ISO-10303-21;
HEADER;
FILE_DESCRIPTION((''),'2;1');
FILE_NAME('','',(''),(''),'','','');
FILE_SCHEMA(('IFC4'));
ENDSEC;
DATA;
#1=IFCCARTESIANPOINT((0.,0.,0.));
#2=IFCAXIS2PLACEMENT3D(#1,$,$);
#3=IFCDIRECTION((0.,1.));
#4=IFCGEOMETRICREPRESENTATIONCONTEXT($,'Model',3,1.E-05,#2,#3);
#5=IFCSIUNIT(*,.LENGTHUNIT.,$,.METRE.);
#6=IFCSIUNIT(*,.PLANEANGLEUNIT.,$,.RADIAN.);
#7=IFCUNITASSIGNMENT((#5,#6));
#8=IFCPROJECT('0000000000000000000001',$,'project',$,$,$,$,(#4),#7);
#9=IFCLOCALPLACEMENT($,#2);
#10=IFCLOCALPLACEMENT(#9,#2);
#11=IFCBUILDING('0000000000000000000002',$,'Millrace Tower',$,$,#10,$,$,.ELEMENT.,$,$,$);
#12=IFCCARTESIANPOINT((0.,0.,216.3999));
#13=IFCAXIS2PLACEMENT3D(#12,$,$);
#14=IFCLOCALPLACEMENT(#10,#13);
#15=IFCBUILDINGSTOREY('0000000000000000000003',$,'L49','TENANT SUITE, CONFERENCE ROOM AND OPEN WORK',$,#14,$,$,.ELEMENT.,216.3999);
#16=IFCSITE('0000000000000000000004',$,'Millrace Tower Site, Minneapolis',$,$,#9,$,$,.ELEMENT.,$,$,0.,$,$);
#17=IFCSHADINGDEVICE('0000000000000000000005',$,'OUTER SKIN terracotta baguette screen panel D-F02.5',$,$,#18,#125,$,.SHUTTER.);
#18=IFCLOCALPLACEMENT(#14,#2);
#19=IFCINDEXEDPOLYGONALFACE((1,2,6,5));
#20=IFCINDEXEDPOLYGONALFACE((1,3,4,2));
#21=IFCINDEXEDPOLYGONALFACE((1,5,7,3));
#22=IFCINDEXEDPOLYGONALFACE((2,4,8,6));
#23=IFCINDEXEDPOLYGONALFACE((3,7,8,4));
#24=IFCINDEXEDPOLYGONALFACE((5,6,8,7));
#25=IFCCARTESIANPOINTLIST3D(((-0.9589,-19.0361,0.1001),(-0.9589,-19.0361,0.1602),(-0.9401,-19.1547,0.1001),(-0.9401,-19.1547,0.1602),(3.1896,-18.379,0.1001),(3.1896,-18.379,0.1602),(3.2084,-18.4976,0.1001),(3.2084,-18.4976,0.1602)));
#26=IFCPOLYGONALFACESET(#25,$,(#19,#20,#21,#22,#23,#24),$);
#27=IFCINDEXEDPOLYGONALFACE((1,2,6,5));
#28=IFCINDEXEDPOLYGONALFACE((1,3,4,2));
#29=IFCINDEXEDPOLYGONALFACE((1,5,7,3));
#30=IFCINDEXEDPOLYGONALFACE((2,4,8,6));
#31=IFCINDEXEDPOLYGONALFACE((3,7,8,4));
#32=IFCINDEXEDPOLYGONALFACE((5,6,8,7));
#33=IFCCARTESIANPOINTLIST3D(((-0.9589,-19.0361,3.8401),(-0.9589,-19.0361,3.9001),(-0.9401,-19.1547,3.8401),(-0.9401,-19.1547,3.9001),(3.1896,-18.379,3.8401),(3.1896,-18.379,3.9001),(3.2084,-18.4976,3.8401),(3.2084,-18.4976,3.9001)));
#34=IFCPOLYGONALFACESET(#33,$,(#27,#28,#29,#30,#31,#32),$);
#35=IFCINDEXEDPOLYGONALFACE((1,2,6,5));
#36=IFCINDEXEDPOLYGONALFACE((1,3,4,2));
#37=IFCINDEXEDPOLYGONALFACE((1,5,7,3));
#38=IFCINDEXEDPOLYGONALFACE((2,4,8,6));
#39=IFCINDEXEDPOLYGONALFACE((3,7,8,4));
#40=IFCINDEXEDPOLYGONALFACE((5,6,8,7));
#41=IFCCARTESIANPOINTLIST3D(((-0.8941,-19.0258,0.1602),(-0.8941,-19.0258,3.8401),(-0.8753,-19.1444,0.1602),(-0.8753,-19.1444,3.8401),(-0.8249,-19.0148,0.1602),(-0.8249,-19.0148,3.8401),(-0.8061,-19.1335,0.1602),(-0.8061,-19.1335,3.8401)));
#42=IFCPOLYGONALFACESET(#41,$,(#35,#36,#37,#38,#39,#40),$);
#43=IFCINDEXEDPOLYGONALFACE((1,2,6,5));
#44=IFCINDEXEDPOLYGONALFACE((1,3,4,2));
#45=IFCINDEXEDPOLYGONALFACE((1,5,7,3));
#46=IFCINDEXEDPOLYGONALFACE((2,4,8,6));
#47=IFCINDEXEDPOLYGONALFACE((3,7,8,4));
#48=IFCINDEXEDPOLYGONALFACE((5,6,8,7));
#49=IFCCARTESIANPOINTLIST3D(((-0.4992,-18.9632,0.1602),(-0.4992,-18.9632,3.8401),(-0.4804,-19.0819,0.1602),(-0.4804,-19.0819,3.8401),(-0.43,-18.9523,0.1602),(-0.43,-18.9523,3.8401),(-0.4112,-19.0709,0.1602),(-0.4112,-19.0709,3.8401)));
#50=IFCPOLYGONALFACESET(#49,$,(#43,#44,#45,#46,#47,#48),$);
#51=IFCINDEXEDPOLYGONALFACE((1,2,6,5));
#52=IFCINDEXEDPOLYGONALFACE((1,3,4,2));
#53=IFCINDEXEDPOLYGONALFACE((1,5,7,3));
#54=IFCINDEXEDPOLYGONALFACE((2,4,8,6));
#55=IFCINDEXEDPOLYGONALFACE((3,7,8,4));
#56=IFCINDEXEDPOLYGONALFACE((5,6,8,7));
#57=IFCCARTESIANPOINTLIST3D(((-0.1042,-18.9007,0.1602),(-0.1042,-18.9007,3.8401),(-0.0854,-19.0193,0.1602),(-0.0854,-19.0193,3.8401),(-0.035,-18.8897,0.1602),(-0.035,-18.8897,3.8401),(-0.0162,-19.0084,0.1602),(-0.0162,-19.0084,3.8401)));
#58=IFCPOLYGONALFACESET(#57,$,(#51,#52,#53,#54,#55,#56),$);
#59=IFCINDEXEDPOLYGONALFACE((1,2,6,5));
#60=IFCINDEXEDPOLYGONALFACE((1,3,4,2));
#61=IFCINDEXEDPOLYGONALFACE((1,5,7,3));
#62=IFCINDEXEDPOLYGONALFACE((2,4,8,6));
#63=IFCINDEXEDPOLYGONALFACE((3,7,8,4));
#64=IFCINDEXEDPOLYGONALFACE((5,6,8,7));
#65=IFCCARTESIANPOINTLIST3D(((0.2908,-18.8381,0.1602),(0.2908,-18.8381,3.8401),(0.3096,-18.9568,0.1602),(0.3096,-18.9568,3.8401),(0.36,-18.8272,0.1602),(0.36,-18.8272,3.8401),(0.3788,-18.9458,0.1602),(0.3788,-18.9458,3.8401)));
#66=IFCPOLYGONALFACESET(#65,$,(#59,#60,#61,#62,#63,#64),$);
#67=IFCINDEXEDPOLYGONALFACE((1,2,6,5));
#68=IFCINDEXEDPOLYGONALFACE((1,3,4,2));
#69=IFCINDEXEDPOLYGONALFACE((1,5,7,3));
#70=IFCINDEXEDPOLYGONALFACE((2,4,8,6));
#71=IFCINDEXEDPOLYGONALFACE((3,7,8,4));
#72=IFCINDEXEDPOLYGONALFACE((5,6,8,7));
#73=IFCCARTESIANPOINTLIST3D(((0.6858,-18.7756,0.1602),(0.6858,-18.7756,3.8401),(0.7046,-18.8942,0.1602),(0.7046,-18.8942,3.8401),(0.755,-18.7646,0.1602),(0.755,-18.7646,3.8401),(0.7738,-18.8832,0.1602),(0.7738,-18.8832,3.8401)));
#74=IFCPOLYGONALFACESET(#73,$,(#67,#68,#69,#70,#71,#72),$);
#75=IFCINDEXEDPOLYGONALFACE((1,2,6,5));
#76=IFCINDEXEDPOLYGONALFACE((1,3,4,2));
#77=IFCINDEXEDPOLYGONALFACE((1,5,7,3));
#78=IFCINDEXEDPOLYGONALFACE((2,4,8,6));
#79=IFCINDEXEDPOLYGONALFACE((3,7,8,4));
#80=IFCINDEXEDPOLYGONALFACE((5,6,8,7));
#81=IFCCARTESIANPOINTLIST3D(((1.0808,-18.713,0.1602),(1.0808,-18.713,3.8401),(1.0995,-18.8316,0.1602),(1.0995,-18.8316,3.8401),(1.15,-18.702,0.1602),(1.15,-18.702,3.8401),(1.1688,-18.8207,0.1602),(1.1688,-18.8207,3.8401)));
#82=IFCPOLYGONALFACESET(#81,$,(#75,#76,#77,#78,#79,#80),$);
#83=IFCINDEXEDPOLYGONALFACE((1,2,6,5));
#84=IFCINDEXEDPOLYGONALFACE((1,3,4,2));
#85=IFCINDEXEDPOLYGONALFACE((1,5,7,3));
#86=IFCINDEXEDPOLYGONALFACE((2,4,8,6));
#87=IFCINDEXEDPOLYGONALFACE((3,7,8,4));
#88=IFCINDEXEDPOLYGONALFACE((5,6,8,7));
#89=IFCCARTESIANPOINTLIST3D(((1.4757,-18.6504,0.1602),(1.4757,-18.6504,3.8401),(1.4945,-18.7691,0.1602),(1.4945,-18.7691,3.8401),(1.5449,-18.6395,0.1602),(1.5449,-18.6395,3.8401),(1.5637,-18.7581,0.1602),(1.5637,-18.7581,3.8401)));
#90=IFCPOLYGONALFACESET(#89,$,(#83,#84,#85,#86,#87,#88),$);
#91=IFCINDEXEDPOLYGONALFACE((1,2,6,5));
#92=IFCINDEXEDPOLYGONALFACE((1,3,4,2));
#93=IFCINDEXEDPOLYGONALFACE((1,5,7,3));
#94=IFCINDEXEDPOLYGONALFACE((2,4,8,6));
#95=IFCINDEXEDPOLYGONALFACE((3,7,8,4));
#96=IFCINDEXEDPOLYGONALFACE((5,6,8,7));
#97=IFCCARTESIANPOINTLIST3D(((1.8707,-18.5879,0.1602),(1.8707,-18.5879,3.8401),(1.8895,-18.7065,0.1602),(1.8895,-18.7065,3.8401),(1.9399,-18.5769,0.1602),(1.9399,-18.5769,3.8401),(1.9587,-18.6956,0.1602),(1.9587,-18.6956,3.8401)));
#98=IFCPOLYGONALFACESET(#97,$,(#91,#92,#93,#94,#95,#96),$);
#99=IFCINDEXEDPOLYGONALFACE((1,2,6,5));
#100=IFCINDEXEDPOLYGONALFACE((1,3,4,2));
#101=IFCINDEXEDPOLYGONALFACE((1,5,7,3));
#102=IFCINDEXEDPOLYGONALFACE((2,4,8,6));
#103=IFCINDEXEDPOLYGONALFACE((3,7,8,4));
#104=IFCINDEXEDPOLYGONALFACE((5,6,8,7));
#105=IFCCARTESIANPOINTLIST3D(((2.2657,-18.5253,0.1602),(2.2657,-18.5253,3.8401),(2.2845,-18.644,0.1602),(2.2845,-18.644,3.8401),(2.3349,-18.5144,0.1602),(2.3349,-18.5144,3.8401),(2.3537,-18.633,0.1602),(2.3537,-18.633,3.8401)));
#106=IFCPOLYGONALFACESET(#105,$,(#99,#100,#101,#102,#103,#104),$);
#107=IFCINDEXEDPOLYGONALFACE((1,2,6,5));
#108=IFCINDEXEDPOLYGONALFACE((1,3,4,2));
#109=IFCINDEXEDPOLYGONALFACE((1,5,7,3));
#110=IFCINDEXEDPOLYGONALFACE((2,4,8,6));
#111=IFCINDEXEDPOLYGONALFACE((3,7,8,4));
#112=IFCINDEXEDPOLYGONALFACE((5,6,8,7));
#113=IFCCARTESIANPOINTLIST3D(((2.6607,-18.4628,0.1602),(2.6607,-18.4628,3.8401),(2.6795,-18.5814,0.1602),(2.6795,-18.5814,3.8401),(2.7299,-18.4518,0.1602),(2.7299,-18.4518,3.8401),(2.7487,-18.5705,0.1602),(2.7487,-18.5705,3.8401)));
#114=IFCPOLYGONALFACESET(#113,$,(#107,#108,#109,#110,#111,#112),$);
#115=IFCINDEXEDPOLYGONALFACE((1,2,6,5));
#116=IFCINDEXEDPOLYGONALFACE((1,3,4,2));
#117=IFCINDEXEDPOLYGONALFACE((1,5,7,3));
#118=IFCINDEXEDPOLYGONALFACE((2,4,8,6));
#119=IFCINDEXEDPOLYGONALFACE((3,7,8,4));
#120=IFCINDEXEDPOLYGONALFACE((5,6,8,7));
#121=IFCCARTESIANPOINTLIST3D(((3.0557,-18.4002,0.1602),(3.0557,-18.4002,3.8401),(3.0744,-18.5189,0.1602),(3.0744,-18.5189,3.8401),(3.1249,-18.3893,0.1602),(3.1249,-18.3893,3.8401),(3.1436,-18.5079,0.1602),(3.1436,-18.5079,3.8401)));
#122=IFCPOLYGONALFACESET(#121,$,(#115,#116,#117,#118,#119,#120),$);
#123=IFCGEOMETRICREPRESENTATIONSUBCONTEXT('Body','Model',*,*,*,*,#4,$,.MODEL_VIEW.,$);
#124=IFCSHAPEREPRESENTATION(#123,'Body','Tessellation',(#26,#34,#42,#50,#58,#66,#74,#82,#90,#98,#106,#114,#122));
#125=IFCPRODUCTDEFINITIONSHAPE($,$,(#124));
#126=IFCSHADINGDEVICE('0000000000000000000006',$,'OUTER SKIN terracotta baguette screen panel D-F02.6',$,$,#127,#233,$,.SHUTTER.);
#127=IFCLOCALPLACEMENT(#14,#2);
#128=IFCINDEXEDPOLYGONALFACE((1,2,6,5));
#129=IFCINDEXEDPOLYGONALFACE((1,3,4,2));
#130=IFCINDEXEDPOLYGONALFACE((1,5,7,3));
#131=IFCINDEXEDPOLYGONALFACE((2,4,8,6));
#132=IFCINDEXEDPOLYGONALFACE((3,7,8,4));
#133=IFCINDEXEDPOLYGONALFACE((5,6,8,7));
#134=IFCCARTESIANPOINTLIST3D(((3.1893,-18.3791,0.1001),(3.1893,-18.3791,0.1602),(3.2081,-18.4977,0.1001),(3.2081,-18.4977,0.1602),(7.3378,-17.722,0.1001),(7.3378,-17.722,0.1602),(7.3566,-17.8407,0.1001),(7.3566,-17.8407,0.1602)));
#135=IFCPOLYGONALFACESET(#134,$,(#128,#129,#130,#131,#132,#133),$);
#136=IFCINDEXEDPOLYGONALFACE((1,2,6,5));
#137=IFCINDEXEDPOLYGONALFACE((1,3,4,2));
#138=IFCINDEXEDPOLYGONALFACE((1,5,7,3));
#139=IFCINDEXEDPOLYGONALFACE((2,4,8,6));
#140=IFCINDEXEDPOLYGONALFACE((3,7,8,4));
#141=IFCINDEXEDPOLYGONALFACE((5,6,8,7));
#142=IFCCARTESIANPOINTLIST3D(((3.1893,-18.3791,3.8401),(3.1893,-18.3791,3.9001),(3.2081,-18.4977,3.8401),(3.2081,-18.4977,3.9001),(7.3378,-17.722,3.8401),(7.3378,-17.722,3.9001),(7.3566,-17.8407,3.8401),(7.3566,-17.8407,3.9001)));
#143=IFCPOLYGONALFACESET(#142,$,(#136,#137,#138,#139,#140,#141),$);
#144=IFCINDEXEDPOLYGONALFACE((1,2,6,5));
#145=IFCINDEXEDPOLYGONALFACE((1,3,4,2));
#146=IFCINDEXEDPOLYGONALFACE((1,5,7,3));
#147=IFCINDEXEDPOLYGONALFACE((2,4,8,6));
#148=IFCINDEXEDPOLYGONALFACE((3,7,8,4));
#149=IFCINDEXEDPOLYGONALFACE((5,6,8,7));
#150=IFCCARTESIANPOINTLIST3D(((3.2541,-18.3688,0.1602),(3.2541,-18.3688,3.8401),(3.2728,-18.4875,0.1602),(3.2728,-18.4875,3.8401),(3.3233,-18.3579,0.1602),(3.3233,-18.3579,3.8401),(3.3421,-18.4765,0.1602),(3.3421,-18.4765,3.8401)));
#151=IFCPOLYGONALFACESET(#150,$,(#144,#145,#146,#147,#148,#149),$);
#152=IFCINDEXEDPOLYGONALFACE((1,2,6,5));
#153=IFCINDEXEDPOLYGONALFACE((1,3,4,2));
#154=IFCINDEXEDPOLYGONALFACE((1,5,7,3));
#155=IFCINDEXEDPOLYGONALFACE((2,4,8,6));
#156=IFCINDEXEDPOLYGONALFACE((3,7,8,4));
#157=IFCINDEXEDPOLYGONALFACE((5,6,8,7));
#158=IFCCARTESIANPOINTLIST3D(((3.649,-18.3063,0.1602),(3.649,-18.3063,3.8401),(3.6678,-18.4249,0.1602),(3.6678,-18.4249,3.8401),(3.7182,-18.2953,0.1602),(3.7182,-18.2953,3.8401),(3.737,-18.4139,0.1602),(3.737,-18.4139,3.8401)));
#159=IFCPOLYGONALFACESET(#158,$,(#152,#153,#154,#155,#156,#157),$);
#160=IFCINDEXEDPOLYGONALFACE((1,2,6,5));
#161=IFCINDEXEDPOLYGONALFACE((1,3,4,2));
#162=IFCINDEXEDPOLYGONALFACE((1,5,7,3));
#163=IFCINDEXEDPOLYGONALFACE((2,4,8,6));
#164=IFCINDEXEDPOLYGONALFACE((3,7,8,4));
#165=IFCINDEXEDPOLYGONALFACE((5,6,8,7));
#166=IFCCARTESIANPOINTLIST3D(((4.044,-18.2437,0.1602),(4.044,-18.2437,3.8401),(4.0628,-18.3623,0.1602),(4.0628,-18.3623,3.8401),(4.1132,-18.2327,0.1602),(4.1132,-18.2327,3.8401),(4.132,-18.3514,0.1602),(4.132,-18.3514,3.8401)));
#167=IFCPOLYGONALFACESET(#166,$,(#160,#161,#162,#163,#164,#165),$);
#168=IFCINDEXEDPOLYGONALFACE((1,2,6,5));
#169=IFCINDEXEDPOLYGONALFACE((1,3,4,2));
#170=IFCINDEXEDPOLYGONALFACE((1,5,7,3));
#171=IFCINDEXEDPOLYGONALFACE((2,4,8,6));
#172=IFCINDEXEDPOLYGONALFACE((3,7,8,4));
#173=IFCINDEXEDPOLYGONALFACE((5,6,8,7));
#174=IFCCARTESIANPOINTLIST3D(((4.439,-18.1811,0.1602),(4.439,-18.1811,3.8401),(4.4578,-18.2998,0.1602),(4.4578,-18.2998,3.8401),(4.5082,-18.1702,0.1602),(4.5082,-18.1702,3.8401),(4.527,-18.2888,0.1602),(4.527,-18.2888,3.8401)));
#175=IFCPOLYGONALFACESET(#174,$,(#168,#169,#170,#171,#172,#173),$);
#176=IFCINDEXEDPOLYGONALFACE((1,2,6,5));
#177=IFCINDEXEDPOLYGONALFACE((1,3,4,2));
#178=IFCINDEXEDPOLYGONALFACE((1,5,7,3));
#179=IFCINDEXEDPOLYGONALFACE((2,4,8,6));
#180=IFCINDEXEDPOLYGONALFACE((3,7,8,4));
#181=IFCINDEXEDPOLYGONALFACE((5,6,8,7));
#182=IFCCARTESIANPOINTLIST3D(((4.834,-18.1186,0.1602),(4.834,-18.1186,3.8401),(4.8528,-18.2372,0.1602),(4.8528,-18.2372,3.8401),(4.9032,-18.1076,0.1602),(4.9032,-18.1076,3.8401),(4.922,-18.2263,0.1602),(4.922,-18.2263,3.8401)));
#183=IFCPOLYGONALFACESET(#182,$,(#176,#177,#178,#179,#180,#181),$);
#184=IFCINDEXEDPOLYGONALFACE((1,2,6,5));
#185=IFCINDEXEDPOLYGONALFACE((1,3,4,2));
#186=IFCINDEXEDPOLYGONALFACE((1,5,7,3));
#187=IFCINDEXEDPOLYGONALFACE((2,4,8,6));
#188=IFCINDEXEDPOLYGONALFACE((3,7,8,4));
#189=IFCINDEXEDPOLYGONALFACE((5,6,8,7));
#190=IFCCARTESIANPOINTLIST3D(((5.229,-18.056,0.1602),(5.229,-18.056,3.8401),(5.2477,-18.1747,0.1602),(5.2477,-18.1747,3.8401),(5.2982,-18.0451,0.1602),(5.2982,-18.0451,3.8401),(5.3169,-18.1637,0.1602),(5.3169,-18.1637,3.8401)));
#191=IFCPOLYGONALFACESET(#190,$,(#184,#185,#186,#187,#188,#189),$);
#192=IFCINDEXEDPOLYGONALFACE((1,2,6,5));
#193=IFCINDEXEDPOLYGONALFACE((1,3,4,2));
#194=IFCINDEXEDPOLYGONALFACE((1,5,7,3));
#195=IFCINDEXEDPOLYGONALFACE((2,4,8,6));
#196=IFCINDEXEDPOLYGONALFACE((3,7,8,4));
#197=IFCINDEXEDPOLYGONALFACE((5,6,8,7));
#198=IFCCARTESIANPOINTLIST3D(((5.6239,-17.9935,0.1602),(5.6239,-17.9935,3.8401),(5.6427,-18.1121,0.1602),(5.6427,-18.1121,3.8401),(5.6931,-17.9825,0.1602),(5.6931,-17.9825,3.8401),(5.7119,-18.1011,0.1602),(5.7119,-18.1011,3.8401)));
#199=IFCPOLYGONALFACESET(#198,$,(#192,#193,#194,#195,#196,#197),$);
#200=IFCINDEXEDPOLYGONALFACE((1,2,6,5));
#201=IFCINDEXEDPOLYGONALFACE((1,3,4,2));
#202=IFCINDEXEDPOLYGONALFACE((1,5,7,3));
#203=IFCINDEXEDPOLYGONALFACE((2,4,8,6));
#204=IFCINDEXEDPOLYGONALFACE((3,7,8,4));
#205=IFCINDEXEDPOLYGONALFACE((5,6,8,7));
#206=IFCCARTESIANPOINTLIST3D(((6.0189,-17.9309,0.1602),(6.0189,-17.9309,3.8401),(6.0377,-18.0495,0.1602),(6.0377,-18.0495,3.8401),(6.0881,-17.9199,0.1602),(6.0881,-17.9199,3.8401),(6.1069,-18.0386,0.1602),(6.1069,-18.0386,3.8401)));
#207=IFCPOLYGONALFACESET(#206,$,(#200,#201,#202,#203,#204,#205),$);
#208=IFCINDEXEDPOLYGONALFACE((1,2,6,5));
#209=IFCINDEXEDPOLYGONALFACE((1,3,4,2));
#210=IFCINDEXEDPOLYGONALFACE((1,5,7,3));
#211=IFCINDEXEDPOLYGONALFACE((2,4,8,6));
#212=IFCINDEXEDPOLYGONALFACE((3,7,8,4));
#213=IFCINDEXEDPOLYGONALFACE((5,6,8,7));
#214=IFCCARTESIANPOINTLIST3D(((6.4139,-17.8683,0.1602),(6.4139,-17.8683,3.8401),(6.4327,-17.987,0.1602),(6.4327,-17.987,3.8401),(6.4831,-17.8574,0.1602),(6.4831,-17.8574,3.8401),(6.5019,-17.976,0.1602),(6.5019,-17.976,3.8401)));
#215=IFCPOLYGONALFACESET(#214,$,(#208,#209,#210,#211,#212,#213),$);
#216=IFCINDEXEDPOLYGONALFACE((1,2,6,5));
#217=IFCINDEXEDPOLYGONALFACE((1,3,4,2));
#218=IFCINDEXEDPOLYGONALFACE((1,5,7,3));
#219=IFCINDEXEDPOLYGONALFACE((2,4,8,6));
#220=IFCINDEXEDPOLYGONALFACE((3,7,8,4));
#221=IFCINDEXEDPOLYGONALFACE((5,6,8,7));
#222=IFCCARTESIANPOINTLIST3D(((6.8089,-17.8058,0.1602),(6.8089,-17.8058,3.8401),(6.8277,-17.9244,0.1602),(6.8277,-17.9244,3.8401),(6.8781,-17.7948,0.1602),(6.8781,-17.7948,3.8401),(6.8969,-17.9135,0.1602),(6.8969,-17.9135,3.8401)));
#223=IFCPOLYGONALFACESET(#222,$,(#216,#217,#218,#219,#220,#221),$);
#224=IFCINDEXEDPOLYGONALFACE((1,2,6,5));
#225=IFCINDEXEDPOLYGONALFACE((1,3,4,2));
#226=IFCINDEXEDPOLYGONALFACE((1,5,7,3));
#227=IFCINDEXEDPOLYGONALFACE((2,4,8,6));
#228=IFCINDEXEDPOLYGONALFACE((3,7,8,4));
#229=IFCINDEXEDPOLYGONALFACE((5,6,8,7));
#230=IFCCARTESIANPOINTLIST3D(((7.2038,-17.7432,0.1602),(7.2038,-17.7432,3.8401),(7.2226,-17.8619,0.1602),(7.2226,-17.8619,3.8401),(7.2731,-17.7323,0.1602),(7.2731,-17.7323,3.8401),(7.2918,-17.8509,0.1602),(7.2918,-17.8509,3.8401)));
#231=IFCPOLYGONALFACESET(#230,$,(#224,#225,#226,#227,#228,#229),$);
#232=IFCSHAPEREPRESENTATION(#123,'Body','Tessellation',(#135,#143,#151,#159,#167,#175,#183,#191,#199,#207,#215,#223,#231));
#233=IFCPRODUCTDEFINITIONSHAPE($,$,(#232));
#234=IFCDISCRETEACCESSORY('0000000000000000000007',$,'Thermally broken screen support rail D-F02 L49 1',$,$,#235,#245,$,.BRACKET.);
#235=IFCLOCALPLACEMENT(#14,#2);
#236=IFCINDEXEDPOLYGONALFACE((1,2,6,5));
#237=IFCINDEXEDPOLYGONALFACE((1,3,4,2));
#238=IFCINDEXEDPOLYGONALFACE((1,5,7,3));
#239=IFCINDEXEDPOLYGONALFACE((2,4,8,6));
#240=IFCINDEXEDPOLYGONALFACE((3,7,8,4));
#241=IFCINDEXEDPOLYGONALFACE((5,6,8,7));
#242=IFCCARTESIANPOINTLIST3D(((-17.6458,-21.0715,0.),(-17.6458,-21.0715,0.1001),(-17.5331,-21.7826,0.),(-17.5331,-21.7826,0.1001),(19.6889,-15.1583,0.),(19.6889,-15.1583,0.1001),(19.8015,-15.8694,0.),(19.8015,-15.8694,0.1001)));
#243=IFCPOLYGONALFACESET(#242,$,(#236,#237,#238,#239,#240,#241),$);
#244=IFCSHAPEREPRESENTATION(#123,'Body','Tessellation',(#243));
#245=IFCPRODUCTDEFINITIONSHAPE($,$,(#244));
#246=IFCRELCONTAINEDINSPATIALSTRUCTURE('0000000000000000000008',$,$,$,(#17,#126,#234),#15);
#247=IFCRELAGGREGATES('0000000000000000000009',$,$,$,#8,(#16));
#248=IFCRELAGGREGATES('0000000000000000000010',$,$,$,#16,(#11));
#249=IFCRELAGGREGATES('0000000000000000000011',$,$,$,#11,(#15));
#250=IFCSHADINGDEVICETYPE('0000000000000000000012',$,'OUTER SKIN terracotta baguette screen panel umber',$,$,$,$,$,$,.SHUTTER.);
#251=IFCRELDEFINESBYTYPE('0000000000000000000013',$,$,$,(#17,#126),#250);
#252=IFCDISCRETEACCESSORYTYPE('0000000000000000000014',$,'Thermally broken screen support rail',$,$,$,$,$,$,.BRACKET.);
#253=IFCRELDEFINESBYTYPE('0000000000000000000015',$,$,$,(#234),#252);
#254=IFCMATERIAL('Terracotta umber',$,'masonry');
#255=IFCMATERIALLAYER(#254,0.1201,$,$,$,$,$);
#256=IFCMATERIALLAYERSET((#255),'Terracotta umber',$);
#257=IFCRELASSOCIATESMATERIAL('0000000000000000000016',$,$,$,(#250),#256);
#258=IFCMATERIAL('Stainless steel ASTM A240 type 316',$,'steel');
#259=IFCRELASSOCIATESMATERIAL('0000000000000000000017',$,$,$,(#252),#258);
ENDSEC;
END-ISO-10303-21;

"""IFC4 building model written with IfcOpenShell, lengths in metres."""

from ifc_helpers import new_model, entity, si_unit, direction, frame, frame_2d, origin, origin_2d, place, context, subcontext, project, spatial, rectangle, extrude, source, transform, mapped, material, layer, layer_set, type_object, element, save


model = new_model("IFC4")

# Units and contexts
model_context = context("Model", 3, precision=1e-05, world=origin(), true_north=direction((0.0, 1.0)))
body_context = subcontext(model_context, "Body", "Model", "MODEL_VIEW")
ifc_project = project(units=[si_unit("LENGTHUNIT", "METRE"), si_unit("PLANEANGLEUNIT", "RADIAN")], contexts=[model_context])

# Site, building, storey
site_placement = place(None, origin())
site = spatial("IfcSite", under=ifc_project, at=site_placement, Name="Millrace Tower Site, Minneapolis", CompositionType="ELEMENT", RefElevation=0.0)
building_placement = place(site_placement, origin())
building = spatial("IfcBuilding", under=site, at=building_placement, Name="Millrace Tower", CompositionType="ELEMENT")
storey_placement = place(building_placement, frame((0.0, 0.0, 216.3999)))
storey = spatial("IfcBuildingStorey", under=building, at=storey_placement, Name="L49", Description="TENANT SUITE, CONFERENCE ROOM AND OPEN WORK", CompositionType="ELEMENT", Elevation=216.3999)

# Shading devices
ifc_material_1 = material(Name="Terracotta umber", Category="masonry")
ifc_layer_1 = layer(ifc_material_1, 0.1201)
ifc_layer_set_1 = layer_set([ifc_layer_1], Name="Terracotta umber")
shading_device_type = type_object("IfcShadingDeviceType", Name="OUTER SKIN terracotta baguette screen panel umber", PredefinedType="SHUTTER", material=ifc_layer_set_1)
cartesian_point = entity("IfcCartesianPoint", [-2.1001, 0.0601])
shared_polyline = entity("IfcPolyline", [cartesian_point, entity("IfcCartesianPoint", [2.1001, 0.0601]), entity("IfcCartesianPoint", [2.1001, -0.0601]), entity("IfcCartesianPoint", [-2.1001, -0.0601]), cartesian_point])
shared_shape = source(origin(), body_context, "Body", "SweptSolid", [
    entity("IfcExtrudedAreaSolid", entity("IfcArbitraryClosedProfileDef", "AREA", None, shared_polyline), entity("IfcAxis2Placement3D", entity("IfcCartesianPoint", [0.0, 0.0, 0.0])), entity("IfcDirection", [0.0, 0.0, 1.0]), 0.0601),
    entity("IfcExtrudedAreaSolid", entity("IfcArbitraryClosedProfileDef", "AREA", None, shared_polyline), entity("IfcAxis2Placement3D", entity("IfcCartesianPoint", [0.0, 0.0, 3.74])), entity("IfcDirection", [0.0, 0.0, 1.0]), 0.0601),
    extrude(rectangle(XDim=0.0701, YDim=0.1201, at=frame_2d((-1.9995, 0.0))), frame((0.0, 0.0, 0.0601)), (0.0, 0.0, 1.0), 3.6799),
    extrude(rectangle(XDim=0.0701, YDim=0.1201, at=frame_2d((-1.5996, 0.0))), frame((0.0, 0.0, 0.0601)), (0.0, 0.0, 1.0), 3.6799),
    extrude(rectangle(XDim=0.0701, YDim=0.1201, at=frame_2d((-1.1997, 0.0))), frame((0.0, 0.0, 0.0601)), (0.0, 0.0, 1.0), 3.6799),
    extrude(rectangle(XDim=0.0701, YDim=0.1201, at=frame_2d((-0.7998, 0.0))), frame((0.0, 0.0, 0.0601)), (0.0, 0.0, 1.0), 3.6799),
    extrude(rectangle(XDim=0.0701, YDim=0.1201, at=frame_2d((-0.3999, 0.0))), frame((0.0, 0.0, 0.0601)), (0.0, 0.0, 1.0), 3.6799),
    extrude(rectangle(XDim=0.0701, YDim=0.1201, at=origin_2d()), frame((0.0, 0.0, 0.0601)), (0.0, 0.0, 1.0), 3.6799),
    extrude(rectangle(XDim=0.0701, YDim=0.1201, at=frame_2d((0.3999, 0.0))), frame((0.0, 0.0, 0.0601)), (0.0, 0.0, 1.0), 3.6799),
    extrude(rectangle(XDim=0.0701, YDim=0.1201, at=frame_2d((0.7998, 0.0))), frame((0.0, 0.0, 0.0601)), (0.0, 0.0, 1.0), 3.6799),
    extrude(rectangle(XDim=0.0701, YDim=0.1201, at=frame_2d((1.1997, 0.0))), frame((0.0, 0.0, 0.0601)), (0.0, 0.0, 1.0), 3.6799),
    extrude(rectangle(XDim=0.0701, YDim=0.1201, at=frame_2d((1.5996, 0.0))), frame((0.0, 0.0, 0.0601)), (0.0, 0.0, 1.0), 3.6799),
    extrude(rectangle(XDim=0.0701, YDim=0.1201, at=frame_2d((1.9995, 0.0))), frame((0.0, 0.0, 0.0601)), (0.0, 0.0, 1.0), 3.6799),
])
for number, where, z_axis, x_axis, name in (
    (1, (1.1248, -18.7668, 0.1001), (0.0, 0.0, 1.0), (0.987688, 0.156434, 0.0), "OUTER SKIN terracotta baguette screen panel D-F02.5"),
    (2, (5.2729, -18.1099, 0.1001), (0.0, 0.0, 1.0), (0.987688, 0.156434, 0.0), "OUTER SKIN terracotta baguette screen panel D-F02.6"),
):
    element("IfcShadingDevice", number, at=place(storey_placement, frame(where, z_axis=z_axis, x_axis=x_axis)), inside=storey, type_object=shading_device_type, Name=name, PredefinedType="SHUTTER", context=body_context, shape_type="MappedRepresentation", body=[
        mapped(shared_shape, transform((0.0, 0.0, 0.0), scale=1.0)),
    ])

# Discrete accessory
ifc_material_2 = material(Name="Stainless steel ASTM A240 type 316", Category="steel")
discrete_accessory_type = type_object("IfcDiscreteAccessoryType", Name="Thermally broken screen support rail", PredefinedType="BRACKET", material=ifc_material_2)
discrete_accessory_placement = place(storey_placement, frame((1.0779, -18.4705, 0.0), z_axis=(0.0, 0.0, 1.0), x_axis=(0.987688, 0.156434, 0.0)))
element("IfcDiscreteAccessory", 3, at=discrete_accessory_placement, inside=storey, type_object=discrete_accessory_type, Name="Thermally broken screen support rail D-F02 L49 1", PredefinedType="BRACKET", context=body_context, shape_type="SweptSolid", body=[
    extrude(rectangle(XDim=37.8, YDim=0.72, at=origin_2d()), origin(), (0.0, 0.0, 1.0), 0.1001),
])

save(model, "model.ifc")
